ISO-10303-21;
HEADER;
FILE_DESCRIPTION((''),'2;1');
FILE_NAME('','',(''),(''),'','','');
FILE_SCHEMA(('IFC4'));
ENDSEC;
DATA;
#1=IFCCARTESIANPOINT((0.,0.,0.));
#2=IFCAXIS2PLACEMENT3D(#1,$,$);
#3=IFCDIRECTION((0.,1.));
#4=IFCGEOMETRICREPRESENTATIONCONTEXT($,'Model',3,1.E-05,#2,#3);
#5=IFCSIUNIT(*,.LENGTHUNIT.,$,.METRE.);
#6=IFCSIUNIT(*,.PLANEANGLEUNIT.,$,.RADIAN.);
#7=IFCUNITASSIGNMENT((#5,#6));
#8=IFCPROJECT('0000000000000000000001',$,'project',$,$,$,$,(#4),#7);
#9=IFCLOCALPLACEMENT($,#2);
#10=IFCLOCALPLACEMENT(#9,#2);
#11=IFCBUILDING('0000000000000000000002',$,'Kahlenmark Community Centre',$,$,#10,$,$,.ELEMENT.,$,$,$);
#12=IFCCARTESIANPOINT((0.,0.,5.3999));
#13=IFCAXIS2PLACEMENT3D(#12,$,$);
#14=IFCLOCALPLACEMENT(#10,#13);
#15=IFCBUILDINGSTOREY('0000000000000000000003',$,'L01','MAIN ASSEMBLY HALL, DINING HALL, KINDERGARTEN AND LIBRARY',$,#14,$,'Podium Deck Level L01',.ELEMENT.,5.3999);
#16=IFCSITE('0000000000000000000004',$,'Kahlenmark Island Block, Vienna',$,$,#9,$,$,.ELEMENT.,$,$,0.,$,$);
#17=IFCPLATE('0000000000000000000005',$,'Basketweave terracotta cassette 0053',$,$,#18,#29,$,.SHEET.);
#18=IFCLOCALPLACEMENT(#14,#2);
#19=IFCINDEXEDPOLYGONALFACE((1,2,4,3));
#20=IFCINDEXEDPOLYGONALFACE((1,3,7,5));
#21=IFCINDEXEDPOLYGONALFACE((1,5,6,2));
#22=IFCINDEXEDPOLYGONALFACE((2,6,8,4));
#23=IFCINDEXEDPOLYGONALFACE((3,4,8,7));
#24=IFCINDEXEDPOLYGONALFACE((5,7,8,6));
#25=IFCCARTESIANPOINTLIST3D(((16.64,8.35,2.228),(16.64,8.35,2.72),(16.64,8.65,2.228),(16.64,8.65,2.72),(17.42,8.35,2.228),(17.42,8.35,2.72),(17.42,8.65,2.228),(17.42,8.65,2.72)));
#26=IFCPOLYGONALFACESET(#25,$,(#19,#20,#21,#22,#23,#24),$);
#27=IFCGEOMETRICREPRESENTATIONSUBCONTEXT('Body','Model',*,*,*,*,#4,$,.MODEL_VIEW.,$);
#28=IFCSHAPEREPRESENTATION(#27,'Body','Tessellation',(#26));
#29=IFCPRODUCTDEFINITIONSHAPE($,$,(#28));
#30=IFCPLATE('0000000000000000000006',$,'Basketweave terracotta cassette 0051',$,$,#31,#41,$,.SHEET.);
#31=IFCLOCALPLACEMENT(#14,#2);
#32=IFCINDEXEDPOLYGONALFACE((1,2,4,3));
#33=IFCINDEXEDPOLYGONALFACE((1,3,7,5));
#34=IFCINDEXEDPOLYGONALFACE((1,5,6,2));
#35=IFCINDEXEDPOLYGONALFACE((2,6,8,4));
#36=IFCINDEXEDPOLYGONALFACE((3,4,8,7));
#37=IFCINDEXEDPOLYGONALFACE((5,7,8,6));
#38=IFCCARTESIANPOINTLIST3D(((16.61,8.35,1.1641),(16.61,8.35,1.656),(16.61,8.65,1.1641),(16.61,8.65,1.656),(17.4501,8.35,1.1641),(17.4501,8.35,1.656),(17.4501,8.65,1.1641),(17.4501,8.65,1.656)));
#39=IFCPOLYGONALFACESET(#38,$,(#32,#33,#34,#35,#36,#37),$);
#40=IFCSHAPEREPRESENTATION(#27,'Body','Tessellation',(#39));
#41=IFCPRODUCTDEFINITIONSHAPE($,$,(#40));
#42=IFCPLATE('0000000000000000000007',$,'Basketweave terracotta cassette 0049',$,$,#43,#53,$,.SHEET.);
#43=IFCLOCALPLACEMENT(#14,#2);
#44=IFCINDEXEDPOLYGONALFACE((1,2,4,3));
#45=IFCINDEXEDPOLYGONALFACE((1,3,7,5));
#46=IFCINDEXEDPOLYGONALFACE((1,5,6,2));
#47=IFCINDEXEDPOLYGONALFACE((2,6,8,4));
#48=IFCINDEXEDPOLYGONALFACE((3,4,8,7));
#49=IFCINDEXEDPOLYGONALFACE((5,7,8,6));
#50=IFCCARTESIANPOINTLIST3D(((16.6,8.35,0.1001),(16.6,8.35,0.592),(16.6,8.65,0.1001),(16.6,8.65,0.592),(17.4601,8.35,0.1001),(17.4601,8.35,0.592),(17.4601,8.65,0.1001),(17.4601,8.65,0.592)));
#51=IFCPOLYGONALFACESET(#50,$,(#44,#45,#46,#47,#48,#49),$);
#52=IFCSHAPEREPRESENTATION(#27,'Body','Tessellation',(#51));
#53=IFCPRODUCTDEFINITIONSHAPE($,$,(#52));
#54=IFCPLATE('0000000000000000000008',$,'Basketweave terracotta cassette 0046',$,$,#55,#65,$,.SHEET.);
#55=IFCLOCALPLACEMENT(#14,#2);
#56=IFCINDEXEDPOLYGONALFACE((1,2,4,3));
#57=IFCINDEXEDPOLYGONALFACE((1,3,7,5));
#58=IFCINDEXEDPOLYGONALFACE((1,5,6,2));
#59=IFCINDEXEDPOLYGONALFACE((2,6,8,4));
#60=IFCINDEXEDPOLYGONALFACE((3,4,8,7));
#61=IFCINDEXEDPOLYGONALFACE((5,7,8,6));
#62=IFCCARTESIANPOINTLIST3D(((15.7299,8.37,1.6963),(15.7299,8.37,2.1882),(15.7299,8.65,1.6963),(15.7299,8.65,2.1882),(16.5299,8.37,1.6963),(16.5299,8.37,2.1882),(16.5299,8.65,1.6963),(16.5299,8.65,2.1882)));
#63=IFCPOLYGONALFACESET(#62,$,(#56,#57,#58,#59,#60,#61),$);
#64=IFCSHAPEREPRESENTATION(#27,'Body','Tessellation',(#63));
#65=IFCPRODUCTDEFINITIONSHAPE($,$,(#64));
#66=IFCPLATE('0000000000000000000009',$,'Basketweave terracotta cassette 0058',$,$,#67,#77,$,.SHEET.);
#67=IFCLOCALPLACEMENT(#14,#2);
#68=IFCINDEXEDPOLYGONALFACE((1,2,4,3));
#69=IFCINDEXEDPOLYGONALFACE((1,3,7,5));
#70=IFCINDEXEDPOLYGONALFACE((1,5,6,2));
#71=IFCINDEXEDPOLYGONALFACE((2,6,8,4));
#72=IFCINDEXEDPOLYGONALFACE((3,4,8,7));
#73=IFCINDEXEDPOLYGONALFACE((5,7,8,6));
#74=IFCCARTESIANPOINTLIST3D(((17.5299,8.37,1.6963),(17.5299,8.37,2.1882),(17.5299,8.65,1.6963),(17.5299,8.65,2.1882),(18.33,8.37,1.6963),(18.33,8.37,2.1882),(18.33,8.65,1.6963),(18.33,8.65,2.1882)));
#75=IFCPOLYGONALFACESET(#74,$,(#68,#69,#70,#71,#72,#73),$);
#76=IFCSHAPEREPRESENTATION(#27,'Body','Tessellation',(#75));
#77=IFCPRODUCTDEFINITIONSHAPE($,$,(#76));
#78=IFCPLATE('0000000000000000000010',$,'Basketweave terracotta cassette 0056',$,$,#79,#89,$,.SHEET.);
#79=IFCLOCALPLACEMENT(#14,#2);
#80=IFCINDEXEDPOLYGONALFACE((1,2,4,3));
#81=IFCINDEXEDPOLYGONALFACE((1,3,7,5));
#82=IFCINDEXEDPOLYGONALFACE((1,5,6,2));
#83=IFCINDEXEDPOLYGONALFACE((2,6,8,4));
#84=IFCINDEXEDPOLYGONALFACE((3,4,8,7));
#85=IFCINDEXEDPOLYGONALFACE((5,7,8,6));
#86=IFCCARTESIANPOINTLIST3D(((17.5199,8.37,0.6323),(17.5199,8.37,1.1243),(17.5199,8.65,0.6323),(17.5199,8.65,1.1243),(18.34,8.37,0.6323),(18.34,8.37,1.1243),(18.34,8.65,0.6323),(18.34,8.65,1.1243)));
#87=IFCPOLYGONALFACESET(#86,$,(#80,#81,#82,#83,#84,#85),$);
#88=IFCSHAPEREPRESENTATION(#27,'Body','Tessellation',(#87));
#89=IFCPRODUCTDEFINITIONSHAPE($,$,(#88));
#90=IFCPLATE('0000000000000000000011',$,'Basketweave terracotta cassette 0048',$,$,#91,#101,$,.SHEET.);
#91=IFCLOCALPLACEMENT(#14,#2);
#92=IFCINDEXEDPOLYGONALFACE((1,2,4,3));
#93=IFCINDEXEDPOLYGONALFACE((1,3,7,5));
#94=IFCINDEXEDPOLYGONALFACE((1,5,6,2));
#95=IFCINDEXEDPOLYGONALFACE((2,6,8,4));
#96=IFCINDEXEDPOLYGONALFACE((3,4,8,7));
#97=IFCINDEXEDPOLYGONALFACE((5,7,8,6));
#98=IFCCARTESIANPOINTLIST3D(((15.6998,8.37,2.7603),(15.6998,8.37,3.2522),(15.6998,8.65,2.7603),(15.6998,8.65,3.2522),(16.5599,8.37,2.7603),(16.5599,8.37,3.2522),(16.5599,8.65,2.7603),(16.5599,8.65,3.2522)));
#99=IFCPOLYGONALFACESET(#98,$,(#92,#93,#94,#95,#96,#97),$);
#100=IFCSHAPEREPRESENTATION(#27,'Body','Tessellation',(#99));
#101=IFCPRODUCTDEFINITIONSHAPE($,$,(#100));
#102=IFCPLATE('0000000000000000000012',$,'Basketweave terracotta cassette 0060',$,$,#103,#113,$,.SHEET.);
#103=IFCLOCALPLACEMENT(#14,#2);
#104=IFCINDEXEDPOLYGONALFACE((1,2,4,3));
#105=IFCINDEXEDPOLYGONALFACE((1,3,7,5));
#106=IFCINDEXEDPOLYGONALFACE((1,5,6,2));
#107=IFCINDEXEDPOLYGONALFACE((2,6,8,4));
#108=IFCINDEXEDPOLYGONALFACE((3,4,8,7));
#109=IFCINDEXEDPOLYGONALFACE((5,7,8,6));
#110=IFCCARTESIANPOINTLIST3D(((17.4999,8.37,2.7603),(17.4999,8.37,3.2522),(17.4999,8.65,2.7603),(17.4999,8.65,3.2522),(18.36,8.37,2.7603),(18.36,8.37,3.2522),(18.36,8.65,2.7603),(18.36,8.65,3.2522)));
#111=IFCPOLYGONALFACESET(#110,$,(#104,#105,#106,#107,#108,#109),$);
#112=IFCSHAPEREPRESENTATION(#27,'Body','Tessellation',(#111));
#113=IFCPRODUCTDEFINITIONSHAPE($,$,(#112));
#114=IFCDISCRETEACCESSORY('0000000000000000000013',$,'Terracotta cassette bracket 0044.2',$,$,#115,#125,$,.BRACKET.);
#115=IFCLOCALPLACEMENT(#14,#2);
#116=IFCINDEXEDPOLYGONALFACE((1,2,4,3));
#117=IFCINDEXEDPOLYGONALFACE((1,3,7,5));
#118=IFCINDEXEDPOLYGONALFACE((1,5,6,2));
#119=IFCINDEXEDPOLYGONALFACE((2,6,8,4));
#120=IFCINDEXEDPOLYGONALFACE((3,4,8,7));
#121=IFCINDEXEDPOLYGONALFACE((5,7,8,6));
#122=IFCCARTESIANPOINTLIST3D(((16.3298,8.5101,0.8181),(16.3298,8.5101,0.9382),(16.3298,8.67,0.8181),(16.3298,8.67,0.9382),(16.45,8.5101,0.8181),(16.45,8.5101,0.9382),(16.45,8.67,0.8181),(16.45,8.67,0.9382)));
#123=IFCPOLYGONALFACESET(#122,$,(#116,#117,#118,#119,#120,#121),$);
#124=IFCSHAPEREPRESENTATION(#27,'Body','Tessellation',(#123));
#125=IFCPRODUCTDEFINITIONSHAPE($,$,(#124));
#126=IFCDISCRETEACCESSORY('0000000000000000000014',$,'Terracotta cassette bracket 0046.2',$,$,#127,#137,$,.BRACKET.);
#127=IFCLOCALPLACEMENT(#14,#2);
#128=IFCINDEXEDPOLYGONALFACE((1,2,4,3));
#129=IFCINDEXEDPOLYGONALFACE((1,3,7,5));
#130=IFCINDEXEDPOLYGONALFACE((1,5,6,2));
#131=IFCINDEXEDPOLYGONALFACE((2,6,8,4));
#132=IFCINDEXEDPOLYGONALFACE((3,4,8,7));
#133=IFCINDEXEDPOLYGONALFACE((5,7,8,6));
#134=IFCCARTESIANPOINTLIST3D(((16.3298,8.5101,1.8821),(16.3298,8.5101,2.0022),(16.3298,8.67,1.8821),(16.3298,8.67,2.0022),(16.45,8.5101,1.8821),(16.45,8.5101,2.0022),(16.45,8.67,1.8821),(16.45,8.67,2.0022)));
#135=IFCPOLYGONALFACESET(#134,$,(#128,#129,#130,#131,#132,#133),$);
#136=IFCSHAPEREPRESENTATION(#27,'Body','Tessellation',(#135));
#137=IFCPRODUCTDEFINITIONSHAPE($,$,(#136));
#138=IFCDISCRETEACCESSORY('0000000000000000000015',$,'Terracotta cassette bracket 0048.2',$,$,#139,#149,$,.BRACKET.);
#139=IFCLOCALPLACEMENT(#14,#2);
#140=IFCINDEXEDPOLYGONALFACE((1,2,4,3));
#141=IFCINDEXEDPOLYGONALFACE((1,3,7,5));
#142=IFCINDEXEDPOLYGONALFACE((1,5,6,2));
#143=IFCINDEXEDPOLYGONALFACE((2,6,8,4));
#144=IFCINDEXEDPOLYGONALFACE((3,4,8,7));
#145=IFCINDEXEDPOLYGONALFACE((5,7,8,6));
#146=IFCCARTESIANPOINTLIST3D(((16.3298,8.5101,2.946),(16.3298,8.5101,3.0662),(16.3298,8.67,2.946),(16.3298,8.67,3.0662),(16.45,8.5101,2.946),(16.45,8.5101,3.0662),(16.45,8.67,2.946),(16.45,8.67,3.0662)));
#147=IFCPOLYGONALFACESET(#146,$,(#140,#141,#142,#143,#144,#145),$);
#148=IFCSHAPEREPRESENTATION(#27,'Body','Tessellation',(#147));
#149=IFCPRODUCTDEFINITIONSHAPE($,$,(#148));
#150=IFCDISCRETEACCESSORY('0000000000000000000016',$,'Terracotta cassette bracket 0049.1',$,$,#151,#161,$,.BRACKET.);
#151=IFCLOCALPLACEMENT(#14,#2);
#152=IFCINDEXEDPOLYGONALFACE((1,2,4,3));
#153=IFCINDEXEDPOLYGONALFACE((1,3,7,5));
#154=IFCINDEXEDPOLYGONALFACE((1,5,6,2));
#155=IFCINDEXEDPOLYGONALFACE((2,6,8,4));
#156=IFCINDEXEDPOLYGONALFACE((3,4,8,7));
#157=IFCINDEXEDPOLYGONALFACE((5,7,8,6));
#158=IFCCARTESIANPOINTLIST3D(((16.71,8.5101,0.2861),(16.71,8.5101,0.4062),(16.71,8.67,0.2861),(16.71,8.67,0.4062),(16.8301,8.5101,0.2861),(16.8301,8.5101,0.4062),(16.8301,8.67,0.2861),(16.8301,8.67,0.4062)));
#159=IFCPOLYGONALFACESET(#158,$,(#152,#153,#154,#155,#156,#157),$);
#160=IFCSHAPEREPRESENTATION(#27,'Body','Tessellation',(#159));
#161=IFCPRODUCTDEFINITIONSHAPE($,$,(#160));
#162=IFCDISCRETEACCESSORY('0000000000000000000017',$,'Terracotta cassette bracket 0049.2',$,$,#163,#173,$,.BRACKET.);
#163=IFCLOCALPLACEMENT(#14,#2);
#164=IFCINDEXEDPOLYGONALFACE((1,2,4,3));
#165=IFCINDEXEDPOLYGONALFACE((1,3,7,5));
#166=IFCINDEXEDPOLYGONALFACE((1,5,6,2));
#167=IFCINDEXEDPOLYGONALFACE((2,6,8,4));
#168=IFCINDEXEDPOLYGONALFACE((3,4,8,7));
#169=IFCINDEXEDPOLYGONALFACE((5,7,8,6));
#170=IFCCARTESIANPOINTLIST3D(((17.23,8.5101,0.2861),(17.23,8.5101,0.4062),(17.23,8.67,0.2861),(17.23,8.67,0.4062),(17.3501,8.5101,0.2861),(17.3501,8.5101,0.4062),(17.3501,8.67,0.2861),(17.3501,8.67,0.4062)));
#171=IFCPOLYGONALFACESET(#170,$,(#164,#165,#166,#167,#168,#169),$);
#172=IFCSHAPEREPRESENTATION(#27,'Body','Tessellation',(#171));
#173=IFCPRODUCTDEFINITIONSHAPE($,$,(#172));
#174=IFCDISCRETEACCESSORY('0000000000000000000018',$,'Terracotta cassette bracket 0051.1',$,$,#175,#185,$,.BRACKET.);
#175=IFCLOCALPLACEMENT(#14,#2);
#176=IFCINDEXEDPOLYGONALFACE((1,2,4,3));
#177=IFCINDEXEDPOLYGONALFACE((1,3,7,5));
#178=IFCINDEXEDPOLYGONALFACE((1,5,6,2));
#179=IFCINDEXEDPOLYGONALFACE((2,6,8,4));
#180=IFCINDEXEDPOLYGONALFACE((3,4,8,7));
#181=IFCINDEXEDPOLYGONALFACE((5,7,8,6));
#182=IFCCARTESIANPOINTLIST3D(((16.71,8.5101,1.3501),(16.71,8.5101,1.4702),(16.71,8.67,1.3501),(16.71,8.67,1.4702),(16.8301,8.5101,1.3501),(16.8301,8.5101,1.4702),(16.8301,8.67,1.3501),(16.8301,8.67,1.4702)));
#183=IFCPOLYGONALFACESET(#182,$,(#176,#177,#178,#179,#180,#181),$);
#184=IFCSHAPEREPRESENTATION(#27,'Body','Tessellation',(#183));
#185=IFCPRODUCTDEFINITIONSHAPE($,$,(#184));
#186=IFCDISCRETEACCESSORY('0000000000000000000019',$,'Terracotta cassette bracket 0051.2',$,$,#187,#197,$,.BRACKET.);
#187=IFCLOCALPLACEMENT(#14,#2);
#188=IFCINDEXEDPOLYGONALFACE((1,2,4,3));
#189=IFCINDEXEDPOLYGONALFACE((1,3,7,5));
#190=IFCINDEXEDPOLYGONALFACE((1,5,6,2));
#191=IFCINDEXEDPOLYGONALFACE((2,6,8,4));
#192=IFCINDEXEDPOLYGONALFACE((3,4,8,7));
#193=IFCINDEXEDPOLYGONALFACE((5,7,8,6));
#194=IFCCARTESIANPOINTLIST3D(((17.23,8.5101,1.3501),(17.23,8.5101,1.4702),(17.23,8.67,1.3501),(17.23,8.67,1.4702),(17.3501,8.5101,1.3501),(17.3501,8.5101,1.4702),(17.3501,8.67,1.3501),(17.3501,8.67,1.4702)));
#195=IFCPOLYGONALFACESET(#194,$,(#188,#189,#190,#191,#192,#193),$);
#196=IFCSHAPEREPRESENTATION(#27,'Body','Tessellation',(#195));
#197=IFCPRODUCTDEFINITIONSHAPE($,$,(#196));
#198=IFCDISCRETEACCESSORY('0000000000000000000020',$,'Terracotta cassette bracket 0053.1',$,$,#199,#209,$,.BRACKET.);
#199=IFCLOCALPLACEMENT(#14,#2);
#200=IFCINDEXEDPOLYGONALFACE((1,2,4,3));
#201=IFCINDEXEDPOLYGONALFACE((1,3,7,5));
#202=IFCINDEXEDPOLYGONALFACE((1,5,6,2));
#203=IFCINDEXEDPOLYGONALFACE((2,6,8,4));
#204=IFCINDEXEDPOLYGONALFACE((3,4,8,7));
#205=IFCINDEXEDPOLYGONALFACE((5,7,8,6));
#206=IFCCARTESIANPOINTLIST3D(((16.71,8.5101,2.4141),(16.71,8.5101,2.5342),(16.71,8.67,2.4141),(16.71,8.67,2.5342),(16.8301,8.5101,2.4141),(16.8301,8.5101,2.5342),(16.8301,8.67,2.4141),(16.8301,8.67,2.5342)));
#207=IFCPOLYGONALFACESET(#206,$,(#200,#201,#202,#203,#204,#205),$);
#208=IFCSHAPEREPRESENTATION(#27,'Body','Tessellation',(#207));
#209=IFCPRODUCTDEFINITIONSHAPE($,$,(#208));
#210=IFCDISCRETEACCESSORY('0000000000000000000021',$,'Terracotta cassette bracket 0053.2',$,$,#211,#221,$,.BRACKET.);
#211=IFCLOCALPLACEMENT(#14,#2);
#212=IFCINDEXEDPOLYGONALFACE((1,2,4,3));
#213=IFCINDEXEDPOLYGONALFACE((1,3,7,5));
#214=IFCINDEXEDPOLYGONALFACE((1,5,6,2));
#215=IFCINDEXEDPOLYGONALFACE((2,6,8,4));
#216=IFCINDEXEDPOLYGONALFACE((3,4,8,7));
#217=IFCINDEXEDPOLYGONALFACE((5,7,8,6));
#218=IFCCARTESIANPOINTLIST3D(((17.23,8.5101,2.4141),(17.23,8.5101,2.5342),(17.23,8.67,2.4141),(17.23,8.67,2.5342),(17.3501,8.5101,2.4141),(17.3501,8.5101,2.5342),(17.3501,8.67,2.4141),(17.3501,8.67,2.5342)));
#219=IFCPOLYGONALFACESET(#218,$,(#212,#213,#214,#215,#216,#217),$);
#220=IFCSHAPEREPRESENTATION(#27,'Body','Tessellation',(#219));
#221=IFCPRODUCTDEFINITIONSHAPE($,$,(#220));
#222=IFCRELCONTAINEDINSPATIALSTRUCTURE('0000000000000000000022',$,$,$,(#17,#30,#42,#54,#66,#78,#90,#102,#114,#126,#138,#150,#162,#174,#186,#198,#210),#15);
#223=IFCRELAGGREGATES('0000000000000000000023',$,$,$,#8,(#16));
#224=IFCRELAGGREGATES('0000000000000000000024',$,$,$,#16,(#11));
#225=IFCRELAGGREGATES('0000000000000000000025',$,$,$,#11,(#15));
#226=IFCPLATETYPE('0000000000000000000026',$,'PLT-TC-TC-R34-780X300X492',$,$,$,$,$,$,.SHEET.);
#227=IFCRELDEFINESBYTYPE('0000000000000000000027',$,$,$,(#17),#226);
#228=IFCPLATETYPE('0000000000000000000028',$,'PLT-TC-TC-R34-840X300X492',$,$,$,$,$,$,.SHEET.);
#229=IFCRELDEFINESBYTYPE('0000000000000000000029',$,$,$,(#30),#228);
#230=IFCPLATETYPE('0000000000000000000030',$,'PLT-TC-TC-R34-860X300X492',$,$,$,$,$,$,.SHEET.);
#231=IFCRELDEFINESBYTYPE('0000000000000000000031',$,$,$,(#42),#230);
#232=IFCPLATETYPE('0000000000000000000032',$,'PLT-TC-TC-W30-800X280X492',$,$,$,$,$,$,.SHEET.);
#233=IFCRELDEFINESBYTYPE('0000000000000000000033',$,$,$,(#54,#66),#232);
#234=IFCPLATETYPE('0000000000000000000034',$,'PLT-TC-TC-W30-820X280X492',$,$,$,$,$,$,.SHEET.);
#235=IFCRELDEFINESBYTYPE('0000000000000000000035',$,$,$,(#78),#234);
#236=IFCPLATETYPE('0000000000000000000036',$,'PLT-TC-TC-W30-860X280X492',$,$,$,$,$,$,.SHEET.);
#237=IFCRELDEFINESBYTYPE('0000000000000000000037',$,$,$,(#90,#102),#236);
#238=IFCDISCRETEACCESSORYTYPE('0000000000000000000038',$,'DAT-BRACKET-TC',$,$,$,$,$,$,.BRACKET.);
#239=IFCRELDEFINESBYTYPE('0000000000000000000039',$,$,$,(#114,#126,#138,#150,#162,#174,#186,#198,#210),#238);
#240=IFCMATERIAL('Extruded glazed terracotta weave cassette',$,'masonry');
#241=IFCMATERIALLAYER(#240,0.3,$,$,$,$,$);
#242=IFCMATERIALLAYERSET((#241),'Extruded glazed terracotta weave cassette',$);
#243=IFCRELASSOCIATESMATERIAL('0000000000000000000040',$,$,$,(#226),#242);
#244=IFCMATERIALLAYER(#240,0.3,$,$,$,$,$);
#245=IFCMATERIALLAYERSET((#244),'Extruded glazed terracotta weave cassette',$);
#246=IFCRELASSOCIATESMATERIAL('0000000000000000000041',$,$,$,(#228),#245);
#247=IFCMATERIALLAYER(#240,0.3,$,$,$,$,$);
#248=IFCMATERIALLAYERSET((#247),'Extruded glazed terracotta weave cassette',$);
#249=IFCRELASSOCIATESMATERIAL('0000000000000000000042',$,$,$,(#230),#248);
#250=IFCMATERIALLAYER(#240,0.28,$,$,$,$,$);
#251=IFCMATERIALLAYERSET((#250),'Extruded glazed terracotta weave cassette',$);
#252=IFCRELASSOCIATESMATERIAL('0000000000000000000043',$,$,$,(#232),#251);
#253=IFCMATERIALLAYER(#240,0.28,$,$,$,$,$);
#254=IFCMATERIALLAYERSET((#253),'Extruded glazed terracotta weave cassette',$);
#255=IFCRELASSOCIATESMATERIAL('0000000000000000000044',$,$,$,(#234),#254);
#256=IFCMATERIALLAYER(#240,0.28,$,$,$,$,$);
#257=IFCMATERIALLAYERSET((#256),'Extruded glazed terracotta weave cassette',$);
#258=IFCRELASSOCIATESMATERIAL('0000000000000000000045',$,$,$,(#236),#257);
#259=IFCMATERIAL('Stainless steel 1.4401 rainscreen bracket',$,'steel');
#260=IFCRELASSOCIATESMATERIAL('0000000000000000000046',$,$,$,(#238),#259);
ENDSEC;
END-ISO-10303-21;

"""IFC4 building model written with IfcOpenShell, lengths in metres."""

from ifc_helpers import new_model, si_unit, direction, frame, origin, origin_2d, place, context, subcontext, project, spatial, rectangle, extrude, material, layer, layer_set, type_object, element, save


model = new_model("IFC4")

# Units and contexts
model_context = context("Model", 3, precision=1e-05, world=origin(), true_north=direction((0.0, 1.0)))
body_context = subcontext(model_context, "Body", "Model", "MODEL_VIEW")
ifc_project = project(units=[si_unit("LENGTHUNIT", "METRE"), si_unit("PLANEANGLEUNIT", "RADIAN")], contexts=[model_context])

# Site, building, storey
site_placement = place(None, origin())
site = spatial("IfcSite", under=ifc_project, at=site_placement, Name="Kahlenmark Island Block, Vienna", CompositionType="ELEMENT", RefElevation=0.0)
building_placement = place(site_placement, origin())
building = spatial("IfcBuilding", under=site, at=building_placement, Name="Kahlenmark Community Centre", CompositionType="ELEMENT")
storey_placement = place(building_placement, frame((0.0, 0.0, 5.3999)))
storey = spatial("IfcBuildingStorey", under=building, at=storey_placement, Name="L01", Description="MAIN ASSEMBLY HALL, DINING HALL, KINDERGARTEN AND LIBRARY", LongName="Podium Deck Level L01", CompositionType="ELEMENT", Elevation=5.3999)

# Plates
ifc_material_1 = material(Name="Extruded glazed terracotta weave cassette", Category="masonry")
ifc_layer_1 = layer(ifc_material_1, 0.3)
ifc_layer_set_1 = layer_set([ifc_layer_1], Name="Extruded glazed terracotta weave cassette")
plate_type_1 = type_object("IfcPlateType", Name="PLT-TC-TC-R34-780X300X492", PredefinedType="SHEET", material=ifc_layer_set_1)
plate_1_placement = place(storey_placement, frame((17.03, 8.5, 2.228), z_axis=(0.0, 0.0, 1.0), x_axis=(1.0, 0.0, 0.0)))
element("IfcPlate", 1, at=plate_1_placement, inside=storey, type_object=plate_type_1, Name="Basketweave terracotta cassette 0053", PredefinedType="SHEET", context=body_context, shape_type="SweptSolid", body=[
    extrude(rectangle(XDim=0.78, YDim=0.3, at=origin_2d()), origin(), (0.0, 0.0, 1.0), 0.4919),
])
ifc_layer_2 = layer(ifc_material_1, 0.3)
ifc_layer_set_2 = layer_set([ifc_layer_2], Name="Extruded glazed terracotta weave cassette")
plate_type_2 = type_object("IfcPlateType", Name="PLT-TC-TC-R34-840X300X492", PredefinedType="SHEET", material=ifc_layer_set_2)
plate_2_placement = place(storey_placement, frame((17.03, 8.5, 1.1641), z_axis=(0.0, 0.0, 1.0), x_axis=(1.0, 0.0, 0.0)))
element("IfcPlate", 2, at=plate_2_placement, inside=storey, type_object=plate_type_2, Name="Basketweave terracotta cassette 0051", PredefinedType="SHEET", context=body_context, shape_type="SweptSolid", body=[
    extrude(rectangle(XDim=0.8401, YDim=0.3, at=origin_2d()), origin(), (0.0, 0.0, 1.0), 0.4919),
])
ifc_layer_3 = layer(ifc_material_1, 0.3)
ifc_layer_set_3 = layer_set([ifc_layer_3], Name="Extruded glazed terracotta weave cassette")
plate_type_3 = type_object("IfcPlateType", Name="PLT-TC-TC-R34-860X300X492", PredefinedType="SHEET", material=ifc_layer_set_3)
plate_3_placement = place(storey_placement, frame((17.03, 8.5, 0.1001), z_axis=(0.0, 0.0, 1.0), x_axis=(1.0, 0.0, 0.0)))
element("IfcPlate", 3, at=plate_3_placement, inside=storey, type_object=plate_type_3, Name="Basketweave terracotta cassette 0049", PredefinedType="SHEET", context=body_context, shape_type="SweptSolid", body=[
    extrude(rectangle(XDim=0.8601, YDim=0.3, at=origin_2d()), origin(), (0.0, 0.0, 1.0), 0.4919),
])
ifc_layer_4 = layer(ifc_material_1, 0.28)
ifc_layer_set_4 = layer_set([ifc_layer_4], Name="Extruded glazed terracotta weave cassette")
plate_type_4 = type_object("IfcPlateType", Name="PLT-TC-TC-W30-800X280X492", PredefinedType="SHEET", material=ifc_layer_set_4)
for number, where, z_axis, x_axis, name in (
    (4, (16.1299, 8.51, 1.6963), (0.0, 0.0, 1.0), (1.0, 0.0, 0.0), "Basketweave terracotta cassette 0046"),
    (5, (17.9299, 8.51, 1.6963), (0.0, 0.0, 1.0), (1.0, 0.0, 0.0), "Basketweave terracotta cassette 0058"),
):
    element("IfcPlate", number, at=place(storey_placement, frame(where, z_axis=z_axis, x_axis=x_axis)), inside=storey, type_object=plate_type_4, Name=name, PredefinedType="SHEET", context=body_context, shape_type="SweptSolid", body=[
        extrude(rectangle(XDim=0.8, YDim=0.28, at=origin_2d()), origin(), (0.0, 0.0, 1.0), 0.4919),
    ])
ifc_layer_5 = layer(ifc_material_1, 0.28)
ifc_layer_set_5 = layer_set([ifc_layer_5], Name="Extruded glazed terracotta weave cassette")
plate_type_5 = type_object("IfcPlateType", Name="PLT-TC-TC-W30-820X280X492", PredefinedType="SHEET", material=ifc_layer_set_5)
plate_4_placement = place(storey_placement, frame((17.9299, 8.51, 0.6323), z_axis=(0.0, 0.0, 1.0), x_axis=(1.0, 0.0, 0.0)))
element("IfcPlate", 6, at=plate_4_placement, inside=storey, type_object=plate_type_5, Name="Basketweave terracotta cassette 0056", PredefinedType="SHEET", context=body_context, shape_type="SweptSolid", body=[
    extrude(rectangle(XDim=0.8201, YDim=0.28, at=origin_2d()), origin(), (0.0, 0.0, 1.0), 0.4919),
])
ifc_layer_6 = layer(ifc_material_1, 0.28)
ifc_layer_set_6 = layer_set([ifc_layer_6], Name="Extruded glazed terracotta weave cassette")
plate_type_6 = type_object("IfcPlateType", Name="PLT-TC-TC-W30-860X280X492", PredefinedType="SHEET", material=ifc_layer_set_6)
for number, where, z_axis, x_axis, name in (
    (7, (16.1299, 8.51, 2.7603), (0.0, 0.0, 1.0), (1.0, 0.0, 0.0), "Basketweave terracotta cassette 0048"),
    (8, (17.9299, 8.51, 2.7603), (0.0, 0.0, 1.0), (1.0, 0.0, 0.0), "Basketweave terracotta cassette 0060"),
):
    element("IfcPlate", number, at=place(storey_placement, frame(where, z_axis=z_axis, x_axis=x_axis)), inside=storey, type_object=plate_type_6, Name=name, PredefinedType="SHEET", context=body_context, shape_type="SweptSolid", body=[
        extrude(rectangle(XDim=0.8601, YDim=0.28, at=origin_2d()), origin(), (0.0, 0.0, 1.0), 0.4919),
    ])

# Discrete accessories
ifc_material_2 = material(Name="Stainless steel 1.4401 rainscreen bracket", Category="steel")
discrete_accessory_type = type_object("IfcDiscreteAccessoryType", Name="DAT-BRACKET-TC", PredefinedType="BRACKET", material=ifc_material_2)
for number, where, z_axis, x_axis, name in (
    (9, (16.3899, 8.5901, 0.8181), (0.0, 0.0, 1.0), (1.0, 0.0, 0.0), "Terracotta cassette bracket 0044.2"),
    (10, (16.3899, 8.5901, 1.8821), (0.0, 0.0, 1.0), (1.0, 0.0, 0.0), "Terracotta cassette bracket 0046.2"),
    (11, (16.3899, 8.5901, 2.946), (0.0, 0.0, 1.0), (1.0, 0.0, 0.0), "Terracotta cassette bracket 0048.2"),
    (12, (16.77, 8.5901, 0.2861), (0.0, 0.0, 1.0), (1.0, 0.0, 0.0), "Terracotta cassette bracket 0049.1"),
    (13, (17.29, 8.5901, 0.2861), (0.0, 0.0, 1.0), (1.0, 0.0, 0.0), "Terracotta cassette bracket 0049.2"),
    (14, (16.77, 8.5901, 1.3501), (0.0, 0.0, 1.0), (1.0, 0.0, 0.0), "Terracotta cassette bracket 0051.1"),
    (15, (17.29, 8.5901, 1.3501), (0.0, 0.0, 1.0), (1.0, 0.0, 0.0), "Terracotta cassette bracket 0051.2"),
    (16, (16.77, 8.5901, 2.4141), (0.0, 0.0, 1.0), (1.0, 0.0, 0.0), "Terracotta cassette bracket 0053.1"),
    (17, (17.29, 8.5901, 2.4141), (0.0, 0.0, 1.0), (1.0, 0.0, 0.0), "Terracotta cassette bracket 0053.2"),
):
    element("IfcDiscreteAccessory", number, at=place(storey_placement, frame(where, z_axis=z_axis, x_axis=x_axis)), inside=storey, type_object=discrete_accessory_type, Name=name, PredefinedType="BRACKET", context=body_context, shape_type="SweptSolid", body=[
        extrude(rectangle(XDim=0.1201, YDim=0.1599, at=origin_2d()), origin(), (0.0, 0.0, 1.0), 0.1201),
    ])

save(model, "model.ifc")
